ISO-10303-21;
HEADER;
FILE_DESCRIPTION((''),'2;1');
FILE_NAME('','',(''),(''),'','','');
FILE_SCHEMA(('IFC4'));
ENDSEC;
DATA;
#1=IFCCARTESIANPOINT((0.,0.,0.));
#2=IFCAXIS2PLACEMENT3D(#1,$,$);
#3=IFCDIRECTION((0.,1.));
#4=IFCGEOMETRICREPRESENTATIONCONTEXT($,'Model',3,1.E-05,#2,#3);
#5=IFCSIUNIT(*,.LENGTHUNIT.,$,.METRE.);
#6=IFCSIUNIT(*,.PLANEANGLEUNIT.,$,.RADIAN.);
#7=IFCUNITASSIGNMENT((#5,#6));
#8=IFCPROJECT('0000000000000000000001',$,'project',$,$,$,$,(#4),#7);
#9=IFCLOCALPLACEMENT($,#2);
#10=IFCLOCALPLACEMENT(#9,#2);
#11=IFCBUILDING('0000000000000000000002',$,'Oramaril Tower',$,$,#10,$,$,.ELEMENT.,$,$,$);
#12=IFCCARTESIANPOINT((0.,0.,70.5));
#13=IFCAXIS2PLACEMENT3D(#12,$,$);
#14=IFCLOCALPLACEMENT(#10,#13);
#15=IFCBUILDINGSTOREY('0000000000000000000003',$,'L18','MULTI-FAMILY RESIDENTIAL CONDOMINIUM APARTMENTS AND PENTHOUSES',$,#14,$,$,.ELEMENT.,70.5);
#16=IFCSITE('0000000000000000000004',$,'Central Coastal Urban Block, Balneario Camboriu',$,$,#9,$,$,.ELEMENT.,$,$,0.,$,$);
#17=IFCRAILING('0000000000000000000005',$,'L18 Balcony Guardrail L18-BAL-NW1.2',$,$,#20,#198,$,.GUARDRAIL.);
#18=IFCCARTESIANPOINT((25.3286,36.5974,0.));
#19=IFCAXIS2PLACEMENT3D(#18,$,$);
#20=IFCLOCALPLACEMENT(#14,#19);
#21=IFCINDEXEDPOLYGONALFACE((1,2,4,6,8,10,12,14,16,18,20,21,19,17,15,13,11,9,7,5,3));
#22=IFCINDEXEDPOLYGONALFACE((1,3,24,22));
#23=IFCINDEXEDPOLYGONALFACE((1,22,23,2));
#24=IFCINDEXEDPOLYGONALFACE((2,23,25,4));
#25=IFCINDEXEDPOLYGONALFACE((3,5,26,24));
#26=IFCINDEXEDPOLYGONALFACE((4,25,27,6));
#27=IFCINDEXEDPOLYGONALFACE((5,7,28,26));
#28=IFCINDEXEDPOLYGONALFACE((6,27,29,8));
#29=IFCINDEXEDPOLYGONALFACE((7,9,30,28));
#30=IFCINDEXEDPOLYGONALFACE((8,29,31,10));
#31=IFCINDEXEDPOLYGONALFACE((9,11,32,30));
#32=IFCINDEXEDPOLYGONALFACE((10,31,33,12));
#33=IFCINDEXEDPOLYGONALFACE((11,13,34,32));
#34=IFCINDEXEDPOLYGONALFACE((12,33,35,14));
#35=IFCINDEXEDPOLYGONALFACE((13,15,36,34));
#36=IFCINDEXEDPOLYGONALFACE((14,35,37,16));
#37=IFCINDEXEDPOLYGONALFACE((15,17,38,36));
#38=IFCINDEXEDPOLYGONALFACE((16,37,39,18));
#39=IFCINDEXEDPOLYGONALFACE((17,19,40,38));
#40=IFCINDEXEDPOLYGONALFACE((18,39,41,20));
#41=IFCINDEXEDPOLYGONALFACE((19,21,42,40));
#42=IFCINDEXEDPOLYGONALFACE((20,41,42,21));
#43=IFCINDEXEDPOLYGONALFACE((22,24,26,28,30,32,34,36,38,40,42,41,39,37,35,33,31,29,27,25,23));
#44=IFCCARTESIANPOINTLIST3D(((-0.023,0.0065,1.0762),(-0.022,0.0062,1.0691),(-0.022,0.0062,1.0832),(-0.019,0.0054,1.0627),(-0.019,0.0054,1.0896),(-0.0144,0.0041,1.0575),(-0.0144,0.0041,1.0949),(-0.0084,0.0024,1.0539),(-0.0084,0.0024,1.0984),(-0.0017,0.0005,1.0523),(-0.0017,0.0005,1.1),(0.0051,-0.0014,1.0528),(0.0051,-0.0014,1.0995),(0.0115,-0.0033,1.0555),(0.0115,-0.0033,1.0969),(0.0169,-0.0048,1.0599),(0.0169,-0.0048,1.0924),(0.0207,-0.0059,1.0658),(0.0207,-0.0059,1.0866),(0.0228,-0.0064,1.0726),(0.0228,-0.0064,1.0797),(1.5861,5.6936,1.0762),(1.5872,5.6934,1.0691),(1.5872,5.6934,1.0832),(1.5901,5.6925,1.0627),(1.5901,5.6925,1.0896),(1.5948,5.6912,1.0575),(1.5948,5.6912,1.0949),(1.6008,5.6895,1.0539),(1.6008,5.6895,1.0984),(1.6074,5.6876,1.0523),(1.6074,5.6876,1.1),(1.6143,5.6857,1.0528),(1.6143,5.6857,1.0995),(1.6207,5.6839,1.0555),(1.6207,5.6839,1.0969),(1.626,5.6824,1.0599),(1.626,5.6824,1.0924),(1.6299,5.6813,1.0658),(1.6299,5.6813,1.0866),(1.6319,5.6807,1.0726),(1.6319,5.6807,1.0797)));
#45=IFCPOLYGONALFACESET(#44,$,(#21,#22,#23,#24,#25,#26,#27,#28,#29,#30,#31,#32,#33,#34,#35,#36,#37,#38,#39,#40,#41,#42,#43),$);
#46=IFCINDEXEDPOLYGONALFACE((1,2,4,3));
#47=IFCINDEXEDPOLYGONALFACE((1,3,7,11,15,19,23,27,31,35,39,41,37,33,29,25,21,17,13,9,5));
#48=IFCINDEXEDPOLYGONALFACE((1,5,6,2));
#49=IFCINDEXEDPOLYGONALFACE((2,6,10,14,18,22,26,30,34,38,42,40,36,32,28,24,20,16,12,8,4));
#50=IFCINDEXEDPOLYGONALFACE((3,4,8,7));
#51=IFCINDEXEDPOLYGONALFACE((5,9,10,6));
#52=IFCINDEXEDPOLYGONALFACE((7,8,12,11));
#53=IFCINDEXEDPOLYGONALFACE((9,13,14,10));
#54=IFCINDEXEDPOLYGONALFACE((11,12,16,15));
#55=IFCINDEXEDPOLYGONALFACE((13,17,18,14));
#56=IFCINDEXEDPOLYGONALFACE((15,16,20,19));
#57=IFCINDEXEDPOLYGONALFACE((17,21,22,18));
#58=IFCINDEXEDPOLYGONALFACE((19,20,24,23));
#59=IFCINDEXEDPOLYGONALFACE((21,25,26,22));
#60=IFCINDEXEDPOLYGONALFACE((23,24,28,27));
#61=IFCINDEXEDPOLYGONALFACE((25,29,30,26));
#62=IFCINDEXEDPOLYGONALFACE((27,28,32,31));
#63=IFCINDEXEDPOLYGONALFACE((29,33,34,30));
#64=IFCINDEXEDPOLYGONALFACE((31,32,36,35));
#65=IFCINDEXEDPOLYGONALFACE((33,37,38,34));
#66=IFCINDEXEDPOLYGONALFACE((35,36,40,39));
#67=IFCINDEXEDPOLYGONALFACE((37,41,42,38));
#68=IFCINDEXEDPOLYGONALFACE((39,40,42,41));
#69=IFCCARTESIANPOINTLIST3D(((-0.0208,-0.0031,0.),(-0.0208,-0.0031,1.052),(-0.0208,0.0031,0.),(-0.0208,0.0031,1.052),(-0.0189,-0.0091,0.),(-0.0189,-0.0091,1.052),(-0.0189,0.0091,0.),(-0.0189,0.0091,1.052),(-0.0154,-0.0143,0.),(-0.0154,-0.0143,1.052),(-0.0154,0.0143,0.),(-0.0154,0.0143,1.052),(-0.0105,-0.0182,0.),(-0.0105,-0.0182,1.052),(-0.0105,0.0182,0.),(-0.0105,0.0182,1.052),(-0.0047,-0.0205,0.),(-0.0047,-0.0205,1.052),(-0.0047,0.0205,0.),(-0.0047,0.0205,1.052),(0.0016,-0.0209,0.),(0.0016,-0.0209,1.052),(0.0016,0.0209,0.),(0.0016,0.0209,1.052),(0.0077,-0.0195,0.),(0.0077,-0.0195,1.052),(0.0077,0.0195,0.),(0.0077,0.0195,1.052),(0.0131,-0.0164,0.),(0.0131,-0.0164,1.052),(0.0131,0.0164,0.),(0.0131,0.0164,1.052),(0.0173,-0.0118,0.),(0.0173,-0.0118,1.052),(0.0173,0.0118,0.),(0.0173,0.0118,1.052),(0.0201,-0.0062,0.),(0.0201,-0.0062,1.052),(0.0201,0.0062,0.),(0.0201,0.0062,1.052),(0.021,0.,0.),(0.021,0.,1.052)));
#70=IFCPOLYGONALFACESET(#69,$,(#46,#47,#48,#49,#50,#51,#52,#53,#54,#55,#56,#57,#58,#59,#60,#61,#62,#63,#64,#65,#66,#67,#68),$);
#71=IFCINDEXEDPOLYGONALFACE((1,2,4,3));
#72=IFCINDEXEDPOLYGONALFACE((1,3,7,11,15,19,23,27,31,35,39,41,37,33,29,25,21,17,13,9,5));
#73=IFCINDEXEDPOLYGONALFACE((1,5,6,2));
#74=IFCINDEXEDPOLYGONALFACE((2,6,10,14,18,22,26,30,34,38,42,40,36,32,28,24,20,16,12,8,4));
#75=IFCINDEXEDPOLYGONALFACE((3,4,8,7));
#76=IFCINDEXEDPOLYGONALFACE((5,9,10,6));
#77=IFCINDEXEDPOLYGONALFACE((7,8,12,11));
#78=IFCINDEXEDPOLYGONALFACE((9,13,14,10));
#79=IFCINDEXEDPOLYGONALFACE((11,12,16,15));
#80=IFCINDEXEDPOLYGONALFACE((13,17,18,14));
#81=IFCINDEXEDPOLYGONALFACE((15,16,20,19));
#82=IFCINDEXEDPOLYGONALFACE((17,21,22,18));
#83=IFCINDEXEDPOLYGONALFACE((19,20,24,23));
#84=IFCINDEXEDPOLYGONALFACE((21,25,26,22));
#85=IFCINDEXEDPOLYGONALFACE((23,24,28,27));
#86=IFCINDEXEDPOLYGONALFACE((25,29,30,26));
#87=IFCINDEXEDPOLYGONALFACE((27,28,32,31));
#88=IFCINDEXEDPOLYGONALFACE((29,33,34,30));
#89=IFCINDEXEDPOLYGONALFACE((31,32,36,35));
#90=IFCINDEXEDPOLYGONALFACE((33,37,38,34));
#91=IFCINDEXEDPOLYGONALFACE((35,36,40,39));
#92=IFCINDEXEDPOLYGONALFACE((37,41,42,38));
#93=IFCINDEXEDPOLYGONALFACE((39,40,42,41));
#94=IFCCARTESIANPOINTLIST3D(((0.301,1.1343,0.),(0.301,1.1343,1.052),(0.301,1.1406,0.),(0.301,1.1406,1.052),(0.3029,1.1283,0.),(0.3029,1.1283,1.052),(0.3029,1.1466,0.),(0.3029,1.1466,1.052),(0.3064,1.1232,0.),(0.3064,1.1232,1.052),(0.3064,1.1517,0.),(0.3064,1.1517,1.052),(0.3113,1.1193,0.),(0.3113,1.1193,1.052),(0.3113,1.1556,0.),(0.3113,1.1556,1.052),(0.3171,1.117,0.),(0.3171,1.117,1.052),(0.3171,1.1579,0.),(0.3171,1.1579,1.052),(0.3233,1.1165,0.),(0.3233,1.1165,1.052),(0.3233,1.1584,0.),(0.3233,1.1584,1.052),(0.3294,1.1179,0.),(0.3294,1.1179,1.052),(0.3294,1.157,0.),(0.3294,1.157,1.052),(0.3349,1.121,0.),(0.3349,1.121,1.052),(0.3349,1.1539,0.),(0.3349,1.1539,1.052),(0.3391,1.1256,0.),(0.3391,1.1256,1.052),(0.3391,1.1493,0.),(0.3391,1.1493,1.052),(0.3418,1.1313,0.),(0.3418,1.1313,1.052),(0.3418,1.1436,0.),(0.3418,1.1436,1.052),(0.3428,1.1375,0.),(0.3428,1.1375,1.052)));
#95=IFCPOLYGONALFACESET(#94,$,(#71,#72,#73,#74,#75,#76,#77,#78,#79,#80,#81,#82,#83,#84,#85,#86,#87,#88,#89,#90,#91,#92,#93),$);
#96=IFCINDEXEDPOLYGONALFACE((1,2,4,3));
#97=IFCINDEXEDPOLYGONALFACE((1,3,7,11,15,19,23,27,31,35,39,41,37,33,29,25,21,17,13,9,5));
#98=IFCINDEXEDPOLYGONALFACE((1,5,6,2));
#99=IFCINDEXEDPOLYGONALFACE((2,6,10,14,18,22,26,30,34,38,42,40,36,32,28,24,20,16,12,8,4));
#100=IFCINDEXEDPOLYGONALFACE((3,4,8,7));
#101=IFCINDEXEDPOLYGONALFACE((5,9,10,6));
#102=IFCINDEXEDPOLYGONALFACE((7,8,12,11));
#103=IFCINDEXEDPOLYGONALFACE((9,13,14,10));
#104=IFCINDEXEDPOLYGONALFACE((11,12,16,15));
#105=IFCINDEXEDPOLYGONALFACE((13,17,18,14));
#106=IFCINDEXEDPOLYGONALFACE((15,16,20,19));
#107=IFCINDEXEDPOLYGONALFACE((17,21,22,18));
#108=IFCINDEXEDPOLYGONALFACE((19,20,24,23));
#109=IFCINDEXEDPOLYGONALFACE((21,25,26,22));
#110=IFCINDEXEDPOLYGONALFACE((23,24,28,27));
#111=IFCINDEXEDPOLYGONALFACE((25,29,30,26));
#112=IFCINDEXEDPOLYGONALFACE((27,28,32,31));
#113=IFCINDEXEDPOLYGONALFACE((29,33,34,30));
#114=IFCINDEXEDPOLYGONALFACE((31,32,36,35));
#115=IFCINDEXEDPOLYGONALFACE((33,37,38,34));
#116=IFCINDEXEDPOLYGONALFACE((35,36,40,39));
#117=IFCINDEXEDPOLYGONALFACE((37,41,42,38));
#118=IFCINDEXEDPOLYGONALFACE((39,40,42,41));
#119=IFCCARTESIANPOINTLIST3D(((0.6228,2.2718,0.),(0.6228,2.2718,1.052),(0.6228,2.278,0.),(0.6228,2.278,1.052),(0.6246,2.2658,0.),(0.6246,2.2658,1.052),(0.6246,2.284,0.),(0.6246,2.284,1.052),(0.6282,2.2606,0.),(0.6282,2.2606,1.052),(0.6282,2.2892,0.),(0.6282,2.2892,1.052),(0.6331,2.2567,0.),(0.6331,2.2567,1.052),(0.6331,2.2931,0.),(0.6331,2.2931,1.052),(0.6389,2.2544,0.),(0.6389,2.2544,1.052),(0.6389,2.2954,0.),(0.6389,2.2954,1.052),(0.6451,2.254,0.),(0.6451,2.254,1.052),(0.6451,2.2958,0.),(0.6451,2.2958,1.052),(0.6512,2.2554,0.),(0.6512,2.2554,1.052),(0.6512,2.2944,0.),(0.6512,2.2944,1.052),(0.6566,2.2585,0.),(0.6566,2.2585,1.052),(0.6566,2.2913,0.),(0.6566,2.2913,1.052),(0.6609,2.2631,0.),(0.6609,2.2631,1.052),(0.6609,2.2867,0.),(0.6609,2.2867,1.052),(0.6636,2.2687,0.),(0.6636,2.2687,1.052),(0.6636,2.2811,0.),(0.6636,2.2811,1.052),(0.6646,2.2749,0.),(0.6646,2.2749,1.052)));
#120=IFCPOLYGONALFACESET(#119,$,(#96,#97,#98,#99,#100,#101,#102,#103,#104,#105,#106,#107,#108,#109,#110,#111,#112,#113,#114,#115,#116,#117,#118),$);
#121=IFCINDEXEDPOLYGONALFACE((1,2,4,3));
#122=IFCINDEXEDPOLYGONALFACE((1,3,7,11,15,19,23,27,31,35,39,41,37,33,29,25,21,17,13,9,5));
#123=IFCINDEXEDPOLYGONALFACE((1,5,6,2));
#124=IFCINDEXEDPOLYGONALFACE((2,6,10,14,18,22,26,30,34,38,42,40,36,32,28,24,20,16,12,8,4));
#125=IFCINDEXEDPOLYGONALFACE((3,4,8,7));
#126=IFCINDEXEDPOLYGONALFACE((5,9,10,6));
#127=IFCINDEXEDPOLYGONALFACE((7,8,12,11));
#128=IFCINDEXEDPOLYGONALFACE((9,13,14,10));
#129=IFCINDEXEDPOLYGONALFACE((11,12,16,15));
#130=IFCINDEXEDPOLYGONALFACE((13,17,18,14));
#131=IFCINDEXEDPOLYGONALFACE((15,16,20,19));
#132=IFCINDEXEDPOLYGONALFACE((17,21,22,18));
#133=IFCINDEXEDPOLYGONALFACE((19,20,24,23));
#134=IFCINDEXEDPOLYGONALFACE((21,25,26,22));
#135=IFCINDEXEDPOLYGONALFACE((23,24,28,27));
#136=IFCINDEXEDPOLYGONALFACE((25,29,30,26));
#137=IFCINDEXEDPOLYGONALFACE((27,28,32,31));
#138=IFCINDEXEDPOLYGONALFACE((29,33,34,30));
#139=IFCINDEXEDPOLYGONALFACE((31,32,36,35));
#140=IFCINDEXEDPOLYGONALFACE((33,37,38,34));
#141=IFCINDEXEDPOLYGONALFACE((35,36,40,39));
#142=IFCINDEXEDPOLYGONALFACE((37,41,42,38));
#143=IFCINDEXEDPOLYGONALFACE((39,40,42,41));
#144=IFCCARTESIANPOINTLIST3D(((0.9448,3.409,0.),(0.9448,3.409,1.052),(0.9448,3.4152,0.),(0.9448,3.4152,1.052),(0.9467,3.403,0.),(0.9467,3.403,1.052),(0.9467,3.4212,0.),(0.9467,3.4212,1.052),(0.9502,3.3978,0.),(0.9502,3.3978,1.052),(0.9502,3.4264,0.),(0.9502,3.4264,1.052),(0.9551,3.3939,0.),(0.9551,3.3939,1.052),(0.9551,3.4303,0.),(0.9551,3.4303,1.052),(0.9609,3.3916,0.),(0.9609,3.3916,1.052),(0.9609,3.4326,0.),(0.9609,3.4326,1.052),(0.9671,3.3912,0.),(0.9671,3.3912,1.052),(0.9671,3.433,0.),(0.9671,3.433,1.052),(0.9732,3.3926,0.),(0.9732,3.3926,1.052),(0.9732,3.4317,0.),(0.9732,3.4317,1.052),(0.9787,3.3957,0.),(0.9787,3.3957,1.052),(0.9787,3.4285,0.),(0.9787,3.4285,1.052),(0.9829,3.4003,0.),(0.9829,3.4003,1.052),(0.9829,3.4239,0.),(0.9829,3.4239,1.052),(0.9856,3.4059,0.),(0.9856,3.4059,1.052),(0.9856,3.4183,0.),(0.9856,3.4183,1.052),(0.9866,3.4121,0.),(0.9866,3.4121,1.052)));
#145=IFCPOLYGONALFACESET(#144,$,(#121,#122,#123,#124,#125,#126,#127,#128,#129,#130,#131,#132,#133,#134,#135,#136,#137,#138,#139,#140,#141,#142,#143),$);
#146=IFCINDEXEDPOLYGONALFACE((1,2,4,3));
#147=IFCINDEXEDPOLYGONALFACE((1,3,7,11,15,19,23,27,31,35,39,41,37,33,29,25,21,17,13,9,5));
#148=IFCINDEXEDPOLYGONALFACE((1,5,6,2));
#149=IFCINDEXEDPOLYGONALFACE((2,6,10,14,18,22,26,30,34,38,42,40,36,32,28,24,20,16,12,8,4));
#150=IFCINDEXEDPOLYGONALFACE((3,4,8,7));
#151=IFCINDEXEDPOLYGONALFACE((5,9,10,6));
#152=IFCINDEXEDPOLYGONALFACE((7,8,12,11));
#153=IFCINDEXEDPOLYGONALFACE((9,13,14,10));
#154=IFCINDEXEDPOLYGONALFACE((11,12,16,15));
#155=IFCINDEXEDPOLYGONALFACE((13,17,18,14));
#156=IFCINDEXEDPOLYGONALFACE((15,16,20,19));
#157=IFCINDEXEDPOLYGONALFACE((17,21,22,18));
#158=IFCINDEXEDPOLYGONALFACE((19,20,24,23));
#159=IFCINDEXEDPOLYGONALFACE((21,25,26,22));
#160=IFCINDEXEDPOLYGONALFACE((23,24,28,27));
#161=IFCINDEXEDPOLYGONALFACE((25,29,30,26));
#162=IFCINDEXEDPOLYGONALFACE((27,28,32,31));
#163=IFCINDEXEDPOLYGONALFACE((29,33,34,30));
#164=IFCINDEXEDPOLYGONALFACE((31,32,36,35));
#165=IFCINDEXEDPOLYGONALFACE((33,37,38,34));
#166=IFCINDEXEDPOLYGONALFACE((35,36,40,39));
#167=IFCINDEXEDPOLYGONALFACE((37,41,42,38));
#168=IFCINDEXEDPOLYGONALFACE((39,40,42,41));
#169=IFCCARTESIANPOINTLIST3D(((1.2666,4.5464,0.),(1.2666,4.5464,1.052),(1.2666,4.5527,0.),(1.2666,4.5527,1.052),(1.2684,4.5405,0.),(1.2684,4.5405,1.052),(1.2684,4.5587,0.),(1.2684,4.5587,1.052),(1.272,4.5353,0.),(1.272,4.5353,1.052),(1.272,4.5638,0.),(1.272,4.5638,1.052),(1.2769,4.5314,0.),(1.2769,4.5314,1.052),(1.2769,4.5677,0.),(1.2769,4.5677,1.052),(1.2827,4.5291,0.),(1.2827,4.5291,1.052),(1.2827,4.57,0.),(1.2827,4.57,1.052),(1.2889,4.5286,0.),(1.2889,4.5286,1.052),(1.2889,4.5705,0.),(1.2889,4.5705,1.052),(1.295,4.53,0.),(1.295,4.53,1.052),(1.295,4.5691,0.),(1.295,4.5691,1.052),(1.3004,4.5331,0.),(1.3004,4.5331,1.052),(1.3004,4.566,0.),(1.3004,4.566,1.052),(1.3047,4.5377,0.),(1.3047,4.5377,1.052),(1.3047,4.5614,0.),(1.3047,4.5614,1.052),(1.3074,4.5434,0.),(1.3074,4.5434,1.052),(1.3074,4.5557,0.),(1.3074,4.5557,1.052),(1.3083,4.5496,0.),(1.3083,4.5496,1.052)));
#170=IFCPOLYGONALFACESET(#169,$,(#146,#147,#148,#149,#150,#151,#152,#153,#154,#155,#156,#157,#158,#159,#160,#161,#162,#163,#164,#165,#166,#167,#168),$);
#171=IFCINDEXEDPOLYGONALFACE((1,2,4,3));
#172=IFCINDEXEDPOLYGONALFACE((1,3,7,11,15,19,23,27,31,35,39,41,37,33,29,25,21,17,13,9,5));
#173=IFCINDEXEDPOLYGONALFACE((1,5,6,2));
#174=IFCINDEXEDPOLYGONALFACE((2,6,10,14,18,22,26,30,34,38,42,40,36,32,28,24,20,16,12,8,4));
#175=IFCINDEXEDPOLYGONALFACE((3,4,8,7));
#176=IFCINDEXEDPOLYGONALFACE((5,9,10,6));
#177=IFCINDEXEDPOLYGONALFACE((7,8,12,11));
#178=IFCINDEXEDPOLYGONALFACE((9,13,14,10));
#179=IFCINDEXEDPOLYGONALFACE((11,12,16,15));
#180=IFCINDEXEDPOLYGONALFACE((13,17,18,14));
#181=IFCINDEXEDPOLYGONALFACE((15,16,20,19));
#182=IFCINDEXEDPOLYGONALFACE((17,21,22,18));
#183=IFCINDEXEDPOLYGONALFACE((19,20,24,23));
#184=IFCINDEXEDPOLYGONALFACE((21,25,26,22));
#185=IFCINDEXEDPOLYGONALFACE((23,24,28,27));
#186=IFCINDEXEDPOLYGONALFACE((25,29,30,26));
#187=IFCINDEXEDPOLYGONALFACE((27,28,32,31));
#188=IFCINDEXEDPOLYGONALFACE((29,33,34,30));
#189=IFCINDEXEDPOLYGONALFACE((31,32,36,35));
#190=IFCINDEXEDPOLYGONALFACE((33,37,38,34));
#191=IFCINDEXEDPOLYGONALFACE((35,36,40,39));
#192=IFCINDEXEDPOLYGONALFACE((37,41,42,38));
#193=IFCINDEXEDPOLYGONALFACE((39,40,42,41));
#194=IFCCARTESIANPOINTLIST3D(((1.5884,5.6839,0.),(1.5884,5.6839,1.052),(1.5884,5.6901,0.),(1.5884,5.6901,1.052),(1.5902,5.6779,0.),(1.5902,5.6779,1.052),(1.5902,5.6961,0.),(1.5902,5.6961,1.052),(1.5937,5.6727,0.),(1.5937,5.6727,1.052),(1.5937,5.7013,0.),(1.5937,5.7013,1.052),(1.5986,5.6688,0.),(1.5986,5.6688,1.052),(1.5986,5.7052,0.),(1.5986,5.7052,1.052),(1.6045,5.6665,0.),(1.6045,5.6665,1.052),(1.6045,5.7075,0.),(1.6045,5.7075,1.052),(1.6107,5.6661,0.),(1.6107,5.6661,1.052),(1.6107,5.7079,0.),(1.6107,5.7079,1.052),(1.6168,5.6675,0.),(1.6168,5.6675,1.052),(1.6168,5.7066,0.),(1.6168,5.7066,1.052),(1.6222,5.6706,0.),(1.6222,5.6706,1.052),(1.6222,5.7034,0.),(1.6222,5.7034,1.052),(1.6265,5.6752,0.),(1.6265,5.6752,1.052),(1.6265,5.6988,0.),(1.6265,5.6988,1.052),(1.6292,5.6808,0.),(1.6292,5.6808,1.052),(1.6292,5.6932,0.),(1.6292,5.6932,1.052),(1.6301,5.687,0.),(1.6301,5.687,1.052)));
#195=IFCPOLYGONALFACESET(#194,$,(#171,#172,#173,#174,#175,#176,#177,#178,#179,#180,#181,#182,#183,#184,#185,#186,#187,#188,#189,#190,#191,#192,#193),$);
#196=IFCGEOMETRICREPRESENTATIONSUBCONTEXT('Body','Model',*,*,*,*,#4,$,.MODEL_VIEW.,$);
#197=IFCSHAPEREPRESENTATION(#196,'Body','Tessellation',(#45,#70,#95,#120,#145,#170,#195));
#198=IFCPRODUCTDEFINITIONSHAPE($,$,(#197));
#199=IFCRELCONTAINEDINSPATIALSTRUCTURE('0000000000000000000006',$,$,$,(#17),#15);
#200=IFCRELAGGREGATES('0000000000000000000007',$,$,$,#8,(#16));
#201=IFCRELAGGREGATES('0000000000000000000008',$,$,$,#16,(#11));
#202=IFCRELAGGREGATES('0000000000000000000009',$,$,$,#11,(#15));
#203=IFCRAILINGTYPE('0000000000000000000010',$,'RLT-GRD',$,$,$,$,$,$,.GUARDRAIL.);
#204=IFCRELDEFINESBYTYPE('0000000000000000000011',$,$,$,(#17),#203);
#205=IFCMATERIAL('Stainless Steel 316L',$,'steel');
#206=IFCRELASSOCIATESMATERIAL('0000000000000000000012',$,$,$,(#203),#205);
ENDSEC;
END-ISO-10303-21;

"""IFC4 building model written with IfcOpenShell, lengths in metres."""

from ifc_helpers import new_model, si_unit, direction, frame, origin, origin_2d, place, context, subcontext, project, spatial, circle, extrude, material, type_object, element, save


model = new_model("IFC4")

# Units and contexts
model_context = context("Model", 3, precision=1e-05, world=origin(), true_north=direction((0.0, 1.0)))
body_context = subcontext(model_context, "Body", "Model", "MODEL_VIEW")
ifc_project = project(units=[si_unit("LENGTHUNIT", "METRE"), si_unit("PLANEANGLEUNIT", "RADIAN")], contexts=[model_context])

# Site, building, storey
site_placement = place(None, origin())
site = spatial("IfcSite", under=ifc_project, at=site_placement, Name="Central Coastal Urban Block, Balneario Camboriu", CompositionType="ELEMENT", RefElevation=0.0)
building_placement = place(site_placement, origin())
building = spatial("IfcBuilding", under=site, at=building_placement, Name="Oramaril Tower", CompositionType="ELEMENT")
storey_placement = place(building_placement, frame((0.0, 0.0, 70.5)))
storey = spatial("IfcBuildingStorey", under=building, at=storey_placement, Name="L18", Description="MULTI-FAMILY RESIDENTIAL CONDOMINIUM APARTMENTS AND PENTHOUSES", CompositionType="ELEMENT", Elevation=70.5)

# Railing
ifc_material_1 = material(Name="Stainless Steel 316L", Category="steel")
railing_type = type_object("IfcRailingType", Name="RLT-GRD", PredefinedType="GUARDRAIL", material=ifc_material_1)
railing_1_placement = place(storey_placement, frame((25.3286, 36.5974, 0.0)))
element("IfcRailing", 1, at=railing_1_placement, inside=storey, type_object=railing_type, Name="L18 Balcony Guardrail L18-BAL-NW1.2", PredefinedType="GUARDRAIL", context=body_context, shape_type="SweptSolid", body=[
    extrude(circle(Radius=0.0239, at=origin_2d()), frame((0.0, 0.0, 1.0762), z_axis=(0.27226, 0.962224, 0.0), x_axis=(-0.962224, 0.27226, 0.0)), (0.0, 0.0, 1.0), 5.9104),
    extrude(circle(Radius=0.021, at=origin_2d()), origin(), (0.0, 0.0, 1.0), 1.052),
    extrude(circle(Radius=0.021, at=origin_2d()), frame((0.3218, 1.1375, 0.0)), (0.0, 0.0, 1.0), 1.052),
    extrude(circle(Radius=0.021, at=origin_2d()), frame((0.6436, 2.2749, 0.0)), (0.0, 0.0, 1.0), 1.052),
    extrude(circle(Radius=0.021, at=origin_2d()), frame((0.9656, 3.4121, 0.0)), (0.0, 0.0, 1.0), 1.052),
    extrude(circle(Radius=0.021, at=origin_2d()), frame((1.2874, 4.5496, 0.0)), (0.0, 0.0, 1.0), 1.052),
    extrude(circle(Radius=0.021, at=origin_2d()), frame((1.6091, 5.687, 0.0)), (0.0, 0.0, 1.0), 1.052),
])

save(model, "model.ifc")
